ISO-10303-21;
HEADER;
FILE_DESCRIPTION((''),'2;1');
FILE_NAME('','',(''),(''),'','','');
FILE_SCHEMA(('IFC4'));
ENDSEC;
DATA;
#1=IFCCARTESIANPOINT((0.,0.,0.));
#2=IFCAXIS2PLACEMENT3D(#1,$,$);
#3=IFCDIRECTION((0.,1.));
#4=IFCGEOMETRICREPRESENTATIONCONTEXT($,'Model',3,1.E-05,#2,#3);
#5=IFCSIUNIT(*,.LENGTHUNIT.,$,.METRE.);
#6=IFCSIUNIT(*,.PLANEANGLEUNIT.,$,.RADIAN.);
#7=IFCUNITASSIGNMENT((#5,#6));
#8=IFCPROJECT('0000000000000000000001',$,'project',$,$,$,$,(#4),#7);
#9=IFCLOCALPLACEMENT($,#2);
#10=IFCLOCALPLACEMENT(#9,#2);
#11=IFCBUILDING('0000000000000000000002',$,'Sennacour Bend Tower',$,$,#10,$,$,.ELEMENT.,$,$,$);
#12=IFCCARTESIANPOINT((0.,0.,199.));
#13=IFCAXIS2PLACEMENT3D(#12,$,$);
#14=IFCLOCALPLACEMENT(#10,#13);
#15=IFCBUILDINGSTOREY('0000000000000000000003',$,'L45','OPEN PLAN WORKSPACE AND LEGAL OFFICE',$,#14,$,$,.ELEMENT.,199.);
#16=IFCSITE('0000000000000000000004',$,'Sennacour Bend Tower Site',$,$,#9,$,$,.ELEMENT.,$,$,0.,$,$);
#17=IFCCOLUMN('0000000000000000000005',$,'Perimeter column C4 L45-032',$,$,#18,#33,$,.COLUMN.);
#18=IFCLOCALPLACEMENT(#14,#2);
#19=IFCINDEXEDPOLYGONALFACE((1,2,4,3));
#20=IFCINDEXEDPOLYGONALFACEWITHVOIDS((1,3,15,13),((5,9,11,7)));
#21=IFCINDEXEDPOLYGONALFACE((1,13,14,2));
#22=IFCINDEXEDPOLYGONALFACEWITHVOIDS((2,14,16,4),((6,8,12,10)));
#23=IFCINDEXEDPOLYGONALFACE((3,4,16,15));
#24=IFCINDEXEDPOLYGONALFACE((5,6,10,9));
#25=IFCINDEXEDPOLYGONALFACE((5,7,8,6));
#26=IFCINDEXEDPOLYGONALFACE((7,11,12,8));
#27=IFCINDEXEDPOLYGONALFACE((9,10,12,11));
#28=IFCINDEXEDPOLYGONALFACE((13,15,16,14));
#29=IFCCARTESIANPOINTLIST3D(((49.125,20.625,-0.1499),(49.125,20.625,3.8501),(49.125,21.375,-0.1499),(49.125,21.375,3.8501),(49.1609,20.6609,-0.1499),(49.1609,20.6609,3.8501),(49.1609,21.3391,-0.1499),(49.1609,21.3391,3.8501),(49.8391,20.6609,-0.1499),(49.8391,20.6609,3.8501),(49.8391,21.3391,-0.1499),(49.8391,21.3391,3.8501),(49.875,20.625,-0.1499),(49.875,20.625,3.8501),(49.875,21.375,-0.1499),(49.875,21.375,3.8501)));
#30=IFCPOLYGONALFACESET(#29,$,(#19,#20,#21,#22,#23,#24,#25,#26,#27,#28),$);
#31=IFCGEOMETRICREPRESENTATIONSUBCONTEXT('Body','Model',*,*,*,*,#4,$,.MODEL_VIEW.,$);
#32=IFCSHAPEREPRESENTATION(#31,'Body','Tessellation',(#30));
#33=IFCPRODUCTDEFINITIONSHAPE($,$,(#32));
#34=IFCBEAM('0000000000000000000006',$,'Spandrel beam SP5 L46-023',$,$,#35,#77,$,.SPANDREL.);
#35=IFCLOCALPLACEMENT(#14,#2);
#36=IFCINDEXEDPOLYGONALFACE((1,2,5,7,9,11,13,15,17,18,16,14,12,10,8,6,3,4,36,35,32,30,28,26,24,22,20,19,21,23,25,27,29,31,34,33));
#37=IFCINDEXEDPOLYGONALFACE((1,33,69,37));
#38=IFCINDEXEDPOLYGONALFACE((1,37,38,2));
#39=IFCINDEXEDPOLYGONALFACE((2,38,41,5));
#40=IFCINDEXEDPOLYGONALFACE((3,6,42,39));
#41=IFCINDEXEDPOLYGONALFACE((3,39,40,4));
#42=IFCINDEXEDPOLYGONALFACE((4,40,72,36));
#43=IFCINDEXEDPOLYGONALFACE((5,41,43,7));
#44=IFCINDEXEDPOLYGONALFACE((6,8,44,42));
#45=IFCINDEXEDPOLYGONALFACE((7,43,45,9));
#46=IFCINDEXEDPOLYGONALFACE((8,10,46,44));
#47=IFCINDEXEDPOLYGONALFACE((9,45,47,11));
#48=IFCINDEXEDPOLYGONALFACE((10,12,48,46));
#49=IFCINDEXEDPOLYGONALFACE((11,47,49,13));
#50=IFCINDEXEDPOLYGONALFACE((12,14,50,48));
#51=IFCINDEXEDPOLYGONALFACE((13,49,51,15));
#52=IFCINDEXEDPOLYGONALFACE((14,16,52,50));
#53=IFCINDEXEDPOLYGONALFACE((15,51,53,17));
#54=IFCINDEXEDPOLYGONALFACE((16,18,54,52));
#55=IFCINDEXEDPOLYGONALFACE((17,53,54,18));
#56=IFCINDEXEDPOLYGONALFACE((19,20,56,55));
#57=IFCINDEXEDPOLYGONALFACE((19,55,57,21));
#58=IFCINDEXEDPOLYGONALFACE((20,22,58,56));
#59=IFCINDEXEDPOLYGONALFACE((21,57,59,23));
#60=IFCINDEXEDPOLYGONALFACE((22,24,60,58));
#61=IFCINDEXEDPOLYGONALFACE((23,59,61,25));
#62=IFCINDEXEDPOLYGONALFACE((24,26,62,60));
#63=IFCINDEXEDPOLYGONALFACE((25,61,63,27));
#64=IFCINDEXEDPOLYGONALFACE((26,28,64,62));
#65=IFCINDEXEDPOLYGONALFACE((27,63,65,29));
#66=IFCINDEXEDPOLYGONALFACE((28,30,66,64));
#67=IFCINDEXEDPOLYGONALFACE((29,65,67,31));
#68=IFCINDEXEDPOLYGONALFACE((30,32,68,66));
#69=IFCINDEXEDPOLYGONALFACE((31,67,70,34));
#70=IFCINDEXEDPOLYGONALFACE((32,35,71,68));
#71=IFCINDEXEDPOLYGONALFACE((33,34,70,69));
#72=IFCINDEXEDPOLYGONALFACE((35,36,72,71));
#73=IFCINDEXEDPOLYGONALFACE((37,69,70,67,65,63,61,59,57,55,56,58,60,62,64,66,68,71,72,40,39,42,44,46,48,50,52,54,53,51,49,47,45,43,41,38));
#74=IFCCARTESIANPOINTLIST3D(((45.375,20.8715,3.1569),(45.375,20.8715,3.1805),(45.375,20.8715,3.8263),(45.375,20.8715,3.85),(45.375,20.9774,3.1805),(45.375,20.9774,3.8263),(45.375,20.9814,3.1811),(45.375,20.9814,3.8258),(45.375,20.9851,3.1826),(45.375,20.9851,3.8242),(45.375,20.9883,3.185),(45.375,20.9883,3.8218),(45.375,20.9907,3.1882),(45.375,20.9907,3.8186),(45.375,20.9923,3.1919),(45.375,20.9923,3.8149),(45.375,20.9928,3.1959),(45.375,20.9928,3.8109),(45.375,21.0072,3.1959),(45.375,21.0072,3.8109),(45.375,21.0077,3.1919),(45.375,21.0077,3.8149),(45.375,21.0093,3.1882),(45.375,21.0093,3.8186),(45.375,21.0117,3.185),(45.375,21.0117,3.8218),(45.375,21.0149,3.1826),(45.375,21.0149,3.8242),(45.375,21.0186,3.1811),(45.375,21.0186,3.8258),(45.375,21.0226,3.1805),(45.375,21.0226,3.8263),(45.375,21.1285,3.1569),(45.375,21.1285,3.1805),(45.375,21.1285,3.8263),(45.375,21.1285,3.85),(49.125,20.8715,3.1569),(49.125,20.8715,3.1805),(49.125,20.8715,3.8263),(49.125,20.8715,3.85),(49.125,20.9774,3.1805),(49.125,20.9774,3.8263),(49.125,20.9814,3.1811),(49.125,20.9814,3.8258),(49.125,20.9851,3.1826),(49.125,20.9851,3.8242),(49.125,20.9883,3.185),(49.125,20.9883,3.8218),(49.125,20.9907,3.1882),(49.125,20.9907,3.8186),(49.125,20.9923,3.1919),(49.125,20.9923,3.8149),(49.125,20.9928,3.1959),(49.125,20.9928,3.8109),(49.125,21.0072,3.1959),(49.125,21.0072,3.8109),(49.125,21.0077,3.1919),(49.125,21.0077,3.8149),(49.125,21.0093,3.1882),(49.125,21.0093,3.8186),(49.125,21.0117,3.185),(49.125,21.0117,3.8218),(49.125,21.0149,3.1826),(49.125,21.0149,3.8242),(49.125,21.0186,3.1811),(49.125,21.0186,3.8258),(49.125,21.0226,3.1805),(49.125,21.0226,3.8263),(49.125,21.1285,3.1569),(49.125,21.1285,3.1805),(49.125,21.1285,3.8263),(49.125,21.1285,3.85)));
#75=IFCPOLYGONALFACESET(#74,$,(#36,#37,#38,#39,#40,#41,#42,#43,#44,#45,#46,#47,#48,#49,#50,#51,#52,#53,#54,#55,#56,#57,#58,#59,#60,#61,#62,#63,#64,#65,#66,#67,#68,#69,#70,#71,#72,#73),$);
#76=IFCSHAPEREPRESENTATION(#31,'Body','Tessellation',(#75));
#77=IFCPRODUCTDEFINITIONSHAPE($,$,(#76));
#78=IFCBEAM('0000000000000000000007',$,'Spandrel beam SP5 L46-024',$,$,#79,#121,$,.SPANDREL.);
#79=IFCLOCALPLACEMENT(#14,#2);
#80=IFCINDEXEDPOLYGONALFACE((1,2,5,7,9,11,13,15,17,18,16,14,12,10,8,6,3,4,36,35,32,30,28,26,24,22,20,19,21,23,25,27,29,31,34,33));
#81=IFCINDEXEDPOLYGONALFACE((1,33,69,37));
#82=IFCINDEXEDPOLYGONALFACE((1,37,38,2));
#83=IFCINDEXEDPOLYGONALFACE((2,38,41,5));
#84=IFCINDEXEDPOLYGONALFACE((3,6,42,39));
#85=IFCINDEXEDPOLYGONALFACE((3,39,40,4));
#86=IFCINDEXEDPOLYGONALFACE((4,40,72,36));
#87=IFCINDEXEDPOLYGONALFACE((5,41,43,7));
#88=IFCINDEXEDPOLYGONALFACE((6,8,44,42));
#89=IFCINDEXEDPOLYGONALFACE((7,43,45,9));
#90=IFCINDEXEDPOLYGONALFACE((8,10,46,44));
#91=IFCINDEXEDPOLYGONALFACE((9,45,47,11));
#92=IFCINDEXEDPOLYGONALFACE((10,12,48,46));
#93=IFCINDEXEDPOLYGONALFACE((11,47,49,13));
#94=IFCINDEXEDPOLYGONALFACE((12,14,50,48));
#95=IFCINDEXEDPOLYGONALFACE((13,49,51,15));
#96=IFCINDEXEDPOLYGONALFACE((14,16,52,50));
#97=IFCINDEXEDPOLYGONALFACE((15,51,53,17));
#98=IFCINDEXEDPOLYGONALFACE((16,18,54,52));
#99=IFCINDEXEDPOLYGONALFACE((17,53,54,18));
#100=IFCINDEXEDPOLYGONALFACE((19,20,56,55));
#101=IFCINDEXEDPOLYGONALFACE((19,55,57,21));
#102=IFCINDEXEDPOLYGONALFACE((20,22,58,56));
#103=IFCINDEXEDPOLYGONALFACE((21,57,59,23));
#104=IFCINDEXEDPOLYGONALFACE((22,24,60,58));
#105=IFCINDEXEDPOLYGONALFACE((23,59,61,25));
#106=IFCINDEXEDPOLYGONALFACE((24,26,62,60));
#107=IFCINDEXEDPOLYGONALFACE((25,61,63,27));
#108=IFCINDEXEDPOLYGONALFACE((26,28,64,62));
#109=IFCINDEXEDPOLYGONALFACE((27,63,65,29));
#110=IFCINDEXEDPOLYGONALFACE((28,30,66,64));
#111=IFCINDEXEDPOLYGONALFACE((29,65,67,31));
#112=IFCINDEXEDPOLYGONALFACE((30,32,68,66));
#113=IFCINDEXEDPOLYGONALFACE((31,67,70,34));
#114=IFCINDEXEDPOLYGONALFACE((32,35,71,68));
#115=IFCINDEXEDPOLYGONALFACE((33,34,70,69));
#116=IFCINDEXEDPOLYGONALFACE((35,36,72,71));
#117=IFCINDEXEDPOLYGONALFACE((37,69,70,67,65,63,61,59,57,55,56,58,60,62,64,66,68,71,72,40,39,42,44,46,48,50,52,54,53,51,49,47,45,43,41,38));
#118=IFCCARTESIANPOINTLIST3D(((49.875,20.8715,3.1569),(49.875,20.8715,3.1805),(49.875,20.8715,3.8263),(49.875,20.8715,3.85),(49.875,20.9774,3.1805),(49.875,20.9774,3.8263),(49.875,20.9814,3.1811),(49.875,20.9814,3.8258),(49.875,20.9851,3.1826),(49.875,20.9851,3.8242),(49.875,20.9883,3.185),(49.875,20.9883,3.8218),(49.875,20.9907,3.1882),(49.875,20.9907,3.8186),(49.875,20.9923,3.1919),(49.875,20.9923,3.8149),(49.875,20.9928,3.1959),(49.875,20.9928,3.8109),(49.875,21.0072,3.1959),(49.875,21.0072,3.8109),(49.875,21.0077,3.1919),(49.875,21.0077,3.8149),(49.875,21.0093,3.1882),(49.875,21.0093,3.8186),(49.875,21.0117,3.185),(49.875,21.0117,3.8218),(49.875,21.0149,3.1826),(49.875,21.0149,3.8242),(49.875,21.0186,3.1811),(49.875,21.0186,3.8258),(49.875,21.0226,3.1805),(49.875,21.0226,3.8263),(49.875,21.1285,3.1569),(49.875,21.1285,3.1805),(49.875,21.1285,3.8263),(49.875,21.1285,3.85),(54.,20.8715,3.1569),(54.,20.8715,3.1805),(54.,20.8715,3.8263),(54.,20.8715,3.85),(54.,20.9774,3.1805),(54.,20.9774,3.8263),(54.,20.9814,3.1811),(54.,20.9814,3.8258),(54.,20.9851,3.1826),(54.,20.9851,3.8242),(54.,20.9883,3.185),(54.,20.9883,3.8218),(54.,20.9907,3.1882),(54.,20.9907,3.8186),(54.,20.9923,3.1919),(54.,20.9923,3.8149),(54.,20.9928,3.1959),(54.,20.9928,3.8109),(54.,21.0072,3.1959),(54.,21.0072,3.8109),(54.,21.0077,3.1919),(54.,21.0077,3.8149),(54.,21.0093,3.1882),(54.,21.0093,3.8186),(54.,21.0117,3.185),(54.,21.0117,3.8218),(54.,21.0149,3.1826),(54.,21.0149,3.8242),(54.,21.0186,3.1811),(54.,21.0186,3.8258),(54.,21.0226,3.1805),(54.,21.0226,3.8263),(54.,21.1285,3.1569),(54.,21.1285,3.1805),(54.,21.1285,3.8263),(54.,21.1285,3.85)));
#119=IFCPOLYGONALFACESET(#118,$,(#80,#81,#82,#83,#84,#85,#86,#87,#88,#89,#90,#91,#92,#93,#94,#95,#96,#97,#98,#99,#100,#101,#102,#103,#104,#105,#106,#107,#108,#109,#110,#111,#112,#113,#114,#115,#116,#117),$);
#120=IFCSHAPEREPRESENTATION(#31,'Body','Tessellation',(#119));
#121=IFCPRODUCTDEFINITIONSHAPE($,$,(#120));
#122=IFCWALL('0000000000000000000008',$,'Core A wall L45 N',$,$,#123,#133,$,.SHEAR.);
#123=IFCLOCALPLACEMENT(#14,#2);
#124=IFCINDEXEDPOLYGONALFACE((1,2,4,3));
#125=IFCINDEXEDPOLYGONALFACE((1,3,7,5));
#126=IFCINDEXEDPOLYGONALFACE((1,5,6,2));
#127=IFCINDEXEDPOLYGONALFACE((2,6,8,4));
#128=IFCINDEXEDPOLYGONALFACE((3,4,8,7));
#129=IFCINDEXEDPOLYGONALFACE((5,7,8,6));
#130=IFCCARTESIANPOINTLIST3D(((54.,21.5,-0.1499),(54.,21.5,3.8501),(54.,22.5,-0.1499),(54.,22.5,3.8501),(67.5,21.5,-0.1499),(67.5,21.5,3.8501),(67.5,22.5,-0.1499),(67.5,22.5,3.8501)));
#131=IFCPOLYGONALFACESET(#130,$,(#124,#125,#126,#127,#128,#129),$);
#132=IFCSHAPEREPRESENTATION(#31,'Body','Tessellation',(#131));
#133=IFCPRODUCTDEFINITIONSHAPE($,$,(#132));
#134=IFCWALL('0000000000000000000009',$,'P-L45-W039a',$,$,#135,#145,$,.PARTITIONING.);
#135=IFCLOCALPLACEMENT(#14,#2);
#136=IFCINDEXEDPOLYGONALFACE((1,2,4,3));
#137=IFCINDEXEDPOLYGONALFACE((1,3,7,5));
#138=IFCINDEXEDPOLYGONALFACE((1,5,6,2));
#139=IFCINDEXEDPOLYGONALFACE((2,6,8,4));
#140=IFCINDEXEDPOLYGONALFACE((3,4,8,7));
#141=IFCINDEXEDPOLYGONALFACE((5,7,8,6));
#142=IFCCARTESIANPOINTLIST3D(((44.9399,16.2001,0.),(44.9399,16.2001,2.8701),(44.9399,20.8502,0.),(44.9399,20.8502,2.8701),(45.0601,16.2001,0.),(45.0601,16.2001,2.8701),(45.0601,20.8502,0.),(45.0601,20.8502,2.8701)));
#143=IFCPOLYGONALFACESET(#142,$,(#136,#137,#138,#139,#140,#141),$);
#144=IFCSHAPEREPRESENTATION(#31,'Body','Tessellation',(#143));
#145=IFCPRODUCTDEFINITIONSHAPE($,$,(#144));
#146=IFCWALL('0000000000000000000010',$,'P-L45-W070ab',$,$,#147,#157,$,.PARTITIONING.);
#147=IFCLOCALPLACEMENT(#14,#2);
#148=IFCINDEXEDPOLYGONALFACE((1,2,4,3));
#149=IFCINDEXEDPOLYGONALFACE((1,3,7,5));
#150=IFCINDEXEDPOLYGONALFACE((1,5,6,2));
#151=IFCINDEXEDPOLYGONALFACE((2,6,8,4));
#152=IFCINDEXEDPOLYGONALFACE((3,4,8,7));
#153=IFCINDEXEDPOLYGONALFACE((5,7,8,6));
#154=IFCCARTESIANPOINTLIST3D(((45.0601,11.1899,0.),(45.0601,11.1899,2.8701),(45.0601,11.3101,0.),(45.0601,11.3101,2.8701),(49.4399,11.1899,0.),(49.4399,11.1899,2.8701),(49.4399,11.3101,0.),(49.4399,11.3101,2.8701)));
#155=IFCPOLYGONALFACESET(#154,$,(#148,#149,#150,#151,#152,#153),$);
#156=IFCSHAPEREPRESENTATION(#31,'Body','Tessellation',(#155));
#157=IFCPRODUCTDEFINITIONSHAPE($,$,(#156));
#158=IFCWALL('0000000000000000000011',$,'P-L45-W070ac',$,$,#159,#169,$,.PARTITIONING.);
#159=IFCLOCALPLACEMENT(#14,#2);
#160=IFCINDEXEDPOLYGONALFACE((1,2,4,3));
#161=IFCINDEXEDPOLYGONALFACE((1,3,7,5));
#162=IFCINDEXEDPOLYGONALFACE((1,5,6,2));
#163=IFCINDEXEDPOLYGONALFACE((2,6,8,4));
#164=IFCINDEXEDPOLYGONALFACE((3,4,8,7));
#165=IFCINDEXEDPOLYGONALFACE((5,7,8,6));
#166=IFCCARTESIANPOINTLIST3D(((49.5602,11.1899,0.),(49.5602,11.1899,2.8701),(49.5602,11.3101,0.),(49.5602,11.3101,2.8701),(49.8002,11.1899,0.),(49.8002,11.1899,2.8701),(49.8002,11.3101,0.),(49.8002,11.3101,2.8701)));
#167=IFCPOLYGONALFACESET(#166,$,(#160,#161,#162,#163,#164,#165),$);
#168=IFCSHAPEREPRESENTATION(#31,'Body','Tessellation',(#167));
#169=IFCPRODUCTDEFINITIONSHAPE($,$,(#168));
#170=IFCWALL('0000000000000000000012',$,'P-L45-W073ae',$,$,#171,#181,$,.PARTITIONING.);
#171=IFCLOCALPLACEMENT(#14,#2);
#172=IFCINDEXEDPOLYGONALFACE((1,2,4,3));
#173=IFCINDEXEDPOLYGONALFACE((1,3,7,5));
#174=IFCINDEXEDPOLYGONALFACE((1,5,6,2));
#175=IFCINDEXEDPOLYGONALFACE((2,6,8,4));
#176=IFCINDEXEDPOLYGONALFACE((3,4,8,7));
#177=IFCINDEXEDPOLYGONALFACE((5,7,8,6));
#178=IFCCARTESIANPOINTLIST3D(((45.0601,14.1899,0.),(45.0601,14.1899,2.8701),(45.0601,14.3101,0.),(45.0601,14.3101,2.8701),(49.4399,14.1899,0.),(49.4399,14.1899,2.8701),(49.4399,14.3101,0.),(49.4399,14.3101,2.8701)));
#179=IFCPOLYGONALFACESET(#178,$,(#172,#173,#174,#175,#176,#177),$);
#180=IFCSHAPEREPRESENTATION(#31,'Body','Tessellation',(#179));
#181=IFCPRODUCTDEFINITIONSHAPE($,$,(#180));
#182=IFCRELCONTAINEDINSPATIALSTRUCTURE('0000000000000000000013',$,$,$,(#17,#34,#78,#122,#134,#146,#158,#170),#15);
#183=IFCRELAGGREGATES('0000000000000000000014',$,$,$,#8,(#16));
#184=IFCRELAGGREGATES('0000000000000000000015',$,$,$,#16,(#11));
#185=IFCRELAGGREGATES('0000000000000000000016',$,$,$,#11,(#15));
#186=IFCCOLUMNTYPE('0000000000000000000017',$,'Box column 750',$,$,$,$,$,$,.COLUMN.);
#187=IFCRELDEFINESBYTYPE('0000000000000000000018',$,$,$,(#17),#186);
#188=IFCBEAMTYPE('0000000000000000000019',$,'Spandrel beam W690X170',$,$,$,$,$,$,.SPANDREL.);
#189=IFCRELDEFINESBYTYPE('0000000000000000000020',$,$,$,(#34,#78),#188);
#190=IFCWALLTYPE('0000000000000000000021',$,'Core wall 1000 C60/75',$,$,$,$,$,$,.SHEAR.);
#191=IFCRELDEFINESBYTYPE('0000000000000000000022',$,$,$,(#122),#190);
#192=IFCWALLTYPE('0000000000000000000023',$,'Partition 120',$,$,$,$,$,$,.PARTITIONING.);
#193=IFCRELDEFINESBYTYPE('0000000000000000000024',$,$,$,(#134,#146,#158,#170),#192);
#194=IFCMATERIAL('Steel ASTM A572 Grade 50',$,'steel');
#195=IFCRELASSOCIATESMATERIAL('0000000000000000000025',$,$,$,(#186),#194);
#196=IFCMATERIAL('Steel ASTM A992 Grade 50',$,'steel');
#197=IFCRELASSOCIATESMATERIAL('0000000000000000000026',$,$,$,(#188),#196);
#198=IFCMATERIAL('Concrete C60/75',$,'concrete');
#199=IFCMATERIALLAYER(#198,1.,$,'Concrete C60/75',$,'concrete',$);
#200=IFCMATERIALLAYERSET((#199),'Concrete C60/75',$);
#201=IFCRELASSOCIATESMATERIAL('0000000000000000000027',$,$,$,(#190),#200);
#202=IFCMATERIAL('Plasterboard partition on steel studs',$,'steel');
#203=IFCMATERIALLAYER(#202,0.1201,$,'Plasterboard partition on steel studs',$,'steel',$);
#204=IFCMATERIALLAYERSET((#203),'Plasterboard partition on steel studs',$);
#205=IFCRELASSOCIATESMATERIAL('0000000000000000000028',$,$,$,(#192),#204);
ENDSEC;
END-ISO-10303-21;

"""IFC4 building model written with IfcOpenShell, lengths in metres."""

from ifc_helpers import new_model, si_unit, direction, frame, frame_2d, origin, origin_2d, place, context, subcontext, project, spatial, rectangle, hollow_rectangle, i_section, extrude, material, layer, layer_set, material_profile, profile_set, type_object, element, save


model = new_model("IFC4")

# Units and contexts
model_context = context("Model", 3, precision=1e-05, world=origin(), true_north=direction((0.0, 1.0)))
body_context = subcontext(model_context, "Body", "Model", "MODEL_VIEW")
ifc_project = project(units=[si_unit("LENGTHUNIT", "METRE"), si_unit("PLANEANGLEUNIT", "RADIAN")], contexts=[model_context])

# Site, building, storey
site_placement = place(None, origin())
site = spatial("IfcSite", under=ifc_project, at=site_placement, Name="Sennacour Bend Tower Site", CompositionType="ELEMENT", RefElevation=0.0)
building_placement = place(site_placement, origin())
building = spatial("IfcBuilding", under=site, at=building_placement, Name="Sennacour Bend Tower", CompositionType="ELEMENT")
storey_placement = place(building_placement, frame((0.0, 0.0, 199.0)))
storey = spatial("IfcBuildingStorey", under=building, at=storey_placement, Name="L45", Description="OPEN PLAN WORKSPACE AND LEGAL OFFICE", CompositionType="ELEMENT", Elevation=199.0)

# Column
ifc_material_1 = material(Name="Steel ASTM A572 Grade 50", Category="steel")
ifc_material_profile_1 = material_profile(ifc_material_1, hollow_rectangle(XDim=0.75, YDim=0.75, WallThickness=0.0359, at=origin_2d()), Name="Steel ASTM A572 Grade 50", Category="steel")
ifc_profile_set_1 = profile_set([ifc_material_profile_1], Name="Steel ASTM A572 Grade 50")
column_type = type_object("IfcColumnType", Name="Box column 750", PredefinedType="COLUMN", material=ifc_profile_set_1)
column_placement = place(storey_placement, frame((49.5, 21.0, -0.1499), z_axis=(0.0, 0.0, 1.0), x_axis=(1.0, 0.0, 0.0)))
element("IfcColumn", 1, at=column_placement, inside=storey, type_object=column_type, Name="Perimeter column C4 L45-032", PredefinedType="COLUMN", context=body_context, shape_type="SweptSolid", body=[
    extrude(hollow_rectangle(XDim=0.75, YDim=0.75, WallThickness=0.0359, at=origin_2d()), origin(), (0.0, 0.0, 1.0), 4.0),
])

# Beams
ifc_material_2 = material(Name="Steel ASTM A992 Grade 50", Category="steel")
ifc_material_profile_2 = material_profile(ifc_material_2, i_section(OverallWidth=0.2571, OverallDepth=0.6931, WebThickness=0.0144, FlangeThickness=0.0237, FilletRadius=0.0154, at=origin_2d()), Name="Steel ASTM A992 Grade 50", Category="steel")
ifc_profile_set_2 = profile_set([ifc_material_profile_2], Name="Steel ASTM A992 Grade 50")
beam_type = type_object("IfcBeamType", Name="Spandrel beam W690X170", PredefinedType="SPANDREL", material=ifc_profile_set_2)
beam_1_placement = place(storey_placement, frame((45.375, 21.0, 3.5034), z_axis=(1.0, 0.0, 0.0), x_axis=(0.0, 1.0, 0.0)))
element("IfcBeam", 2, at=beam_1_placement, inside=storey, type_object=beam_type, Name="Spandrel beam SP5 L46-023", PredefinedType="SPANDREL", context=body_context, shape_type="SweptSolid", body=[
    extrude(i_section(OverallWidth=0.2571, OverallDepth=0.6931, WebThickness=0.0144, FlangeThickness=0.0237, FilletRadius=0.0154, at=origin_2d()), origin(), (0.0, 0.0, 1.0), 3.75),
])
beam_2_placement = place(storey_placement, frame((49.875, 21.0, 3.5034), z_axis=(1.0, 0.0, 0.0), x_axis=(0.0, 1.0, 0.0)))
element("IfcBeam", 3, at=beam_2_placement, inside=storey, type_object=beam_type, Name="Spandrel beam SP5 L46-024", PredefinedType="SPANDREL", context=body_context, shape_type="SweptSolid", body=[
    extrude(i_section(OverallWidth=0.2571, OverallDepth=0.6931, WebThickness=0.0144, FlangeThickness=0.0237, FilletRadius=0.0154, at=origin_2d()), origin(), (0.0, 0.0, 1.0), 4.125),
])

# Walls
ifc_material_3 = material(Name="Concrete C60/75", Category="concrete")
ifc_layer_1 = layer(ifc_material_3, 1.0, Name="Concrete C60/75", Category="concrete")
ifc_layer_set_1 = layer_set([ifc_layer_1], Name="Concrete C60/75")
wall_type_1 = type_object("IfcWallType", Name="Core wall 1000 C60/75", PredefinedType="SHEAR", material=ifc_layer_set_1)
wall_1_placement = place(storey_placement, frame((54.0, 22.0, -0.1499), z_axis=(0.0, 0.0, 1.0), x_axis=(1.0, 0.0, 0.0)))
element("IfcWall", 4, at=wall_1_placement, inside=storey, type_object=wall_type_1, Name="Core A wall L45 N", PredefinedType="SHEAR", context=body_context, shape_type="SweptSolid", body=[
    extrude(rectangle(XDim=13.5, YDim=1.0, at=frame_2d((6.75, 0.0))), origin(), (0.0, 0.0, 1.0), 4.0),
])
ifc_material_4 = material(Name="Plasterboard partition on steel studs", Category="steel")
ifc_layer_2 = layer(ifc_material_4, 0.1201, Name="Plasterboard partition on steel studs", Category="steel")
ifc_layer_set_2 = layer_set([ifc_layer_2], Name="Plasterboard partition on steel studs")
wall_type_2 = type_object("IfcWallType", Name="Partition 120", PredefinedType="PARTITIONING", material=ifc_layer_set_2)
wall_2_placement = place(storey_placement, frame((45.0, 16.2, 0.0), z_axis=(0.0, 0.0, 1.0), x_axis=(0.0, 1.0, 0.0)))
element("IfcWall", 5, at=wall_2_placement, inside=storey, type_object=wall_type_2, Name="P-L45-W039a", PredefinedType="PARTITIONING", context=body_context, shape_type="SweptSolid", body=[
    extrude(rectangle(XDim=4.6501, YDim=0.1201, at=frame_2d((2.3252, 0.0))), origin(), (0.0, 0.0, 1.0), 2.8701),
])
wall_3_placement = place(storey_placement, frame((45.0601, 11.25, 0.0), z_axis=(0.0, 0.0, 1.0), x_axis=(1.0, 0.0, 0.0)))
element("IfcWall", 6, at=wall_3_placement, inside=storey, type_object=wall_type_2, Name="P-L45-W070ab", PredefinedType="PARTITIONING", context=body_context, shape_type="SweptSolid", body=[
    extrude(rectangle(XDim=4.3799, YDim=0.1201, at=frame_2d((2.1899, 0.0))), origin(), (0.0, 0.0, 1.0), 2.8701),
])
wall_4_placement = place(storey_placement, frame((49.5601, 11.25, 0.0), z_axis=(0.0, 0.0, 1.0), x_axis=(1.0, 0.0, 0.0)))
element("IfcWall", 7, at=wall_4_placement, inside=storey, type_object=wall_type_2, Name="P-L45-W070ac", PredefinedType="PARTITIONING", context=body_context, shape_type="SweptSolid", body=[
    extrude(rectangle(XDim=0.24, YDim=0.1201, at=frame_2d((0.1201, 0.0))), origin(), (0.0, 0.0, 1.0), 2.8701),
])
wall_5_placement = place(storey_placement, frame((45.0601, 14.25, 0.0), z_axis=(0.0, 0.0, 1.0), x_axis=(1.0, 0.0, 0.0)))
element("IfcWall", 8, at=wall_5_placement, inside=storey, type_object=wall_type_2, Name="P-L45-W073ae", PredefinedType="PARTITIONING", context=body_context, shape_type="SweptSolid", body=[
    extrude(rectangle(XDim=4.3799, YDim=0.1201, at=frame_2d((2.1899, 0.0))), origin(), (0.0, 0.0, 1.0), 2.8701),
])

save(model, "model.ifc")
